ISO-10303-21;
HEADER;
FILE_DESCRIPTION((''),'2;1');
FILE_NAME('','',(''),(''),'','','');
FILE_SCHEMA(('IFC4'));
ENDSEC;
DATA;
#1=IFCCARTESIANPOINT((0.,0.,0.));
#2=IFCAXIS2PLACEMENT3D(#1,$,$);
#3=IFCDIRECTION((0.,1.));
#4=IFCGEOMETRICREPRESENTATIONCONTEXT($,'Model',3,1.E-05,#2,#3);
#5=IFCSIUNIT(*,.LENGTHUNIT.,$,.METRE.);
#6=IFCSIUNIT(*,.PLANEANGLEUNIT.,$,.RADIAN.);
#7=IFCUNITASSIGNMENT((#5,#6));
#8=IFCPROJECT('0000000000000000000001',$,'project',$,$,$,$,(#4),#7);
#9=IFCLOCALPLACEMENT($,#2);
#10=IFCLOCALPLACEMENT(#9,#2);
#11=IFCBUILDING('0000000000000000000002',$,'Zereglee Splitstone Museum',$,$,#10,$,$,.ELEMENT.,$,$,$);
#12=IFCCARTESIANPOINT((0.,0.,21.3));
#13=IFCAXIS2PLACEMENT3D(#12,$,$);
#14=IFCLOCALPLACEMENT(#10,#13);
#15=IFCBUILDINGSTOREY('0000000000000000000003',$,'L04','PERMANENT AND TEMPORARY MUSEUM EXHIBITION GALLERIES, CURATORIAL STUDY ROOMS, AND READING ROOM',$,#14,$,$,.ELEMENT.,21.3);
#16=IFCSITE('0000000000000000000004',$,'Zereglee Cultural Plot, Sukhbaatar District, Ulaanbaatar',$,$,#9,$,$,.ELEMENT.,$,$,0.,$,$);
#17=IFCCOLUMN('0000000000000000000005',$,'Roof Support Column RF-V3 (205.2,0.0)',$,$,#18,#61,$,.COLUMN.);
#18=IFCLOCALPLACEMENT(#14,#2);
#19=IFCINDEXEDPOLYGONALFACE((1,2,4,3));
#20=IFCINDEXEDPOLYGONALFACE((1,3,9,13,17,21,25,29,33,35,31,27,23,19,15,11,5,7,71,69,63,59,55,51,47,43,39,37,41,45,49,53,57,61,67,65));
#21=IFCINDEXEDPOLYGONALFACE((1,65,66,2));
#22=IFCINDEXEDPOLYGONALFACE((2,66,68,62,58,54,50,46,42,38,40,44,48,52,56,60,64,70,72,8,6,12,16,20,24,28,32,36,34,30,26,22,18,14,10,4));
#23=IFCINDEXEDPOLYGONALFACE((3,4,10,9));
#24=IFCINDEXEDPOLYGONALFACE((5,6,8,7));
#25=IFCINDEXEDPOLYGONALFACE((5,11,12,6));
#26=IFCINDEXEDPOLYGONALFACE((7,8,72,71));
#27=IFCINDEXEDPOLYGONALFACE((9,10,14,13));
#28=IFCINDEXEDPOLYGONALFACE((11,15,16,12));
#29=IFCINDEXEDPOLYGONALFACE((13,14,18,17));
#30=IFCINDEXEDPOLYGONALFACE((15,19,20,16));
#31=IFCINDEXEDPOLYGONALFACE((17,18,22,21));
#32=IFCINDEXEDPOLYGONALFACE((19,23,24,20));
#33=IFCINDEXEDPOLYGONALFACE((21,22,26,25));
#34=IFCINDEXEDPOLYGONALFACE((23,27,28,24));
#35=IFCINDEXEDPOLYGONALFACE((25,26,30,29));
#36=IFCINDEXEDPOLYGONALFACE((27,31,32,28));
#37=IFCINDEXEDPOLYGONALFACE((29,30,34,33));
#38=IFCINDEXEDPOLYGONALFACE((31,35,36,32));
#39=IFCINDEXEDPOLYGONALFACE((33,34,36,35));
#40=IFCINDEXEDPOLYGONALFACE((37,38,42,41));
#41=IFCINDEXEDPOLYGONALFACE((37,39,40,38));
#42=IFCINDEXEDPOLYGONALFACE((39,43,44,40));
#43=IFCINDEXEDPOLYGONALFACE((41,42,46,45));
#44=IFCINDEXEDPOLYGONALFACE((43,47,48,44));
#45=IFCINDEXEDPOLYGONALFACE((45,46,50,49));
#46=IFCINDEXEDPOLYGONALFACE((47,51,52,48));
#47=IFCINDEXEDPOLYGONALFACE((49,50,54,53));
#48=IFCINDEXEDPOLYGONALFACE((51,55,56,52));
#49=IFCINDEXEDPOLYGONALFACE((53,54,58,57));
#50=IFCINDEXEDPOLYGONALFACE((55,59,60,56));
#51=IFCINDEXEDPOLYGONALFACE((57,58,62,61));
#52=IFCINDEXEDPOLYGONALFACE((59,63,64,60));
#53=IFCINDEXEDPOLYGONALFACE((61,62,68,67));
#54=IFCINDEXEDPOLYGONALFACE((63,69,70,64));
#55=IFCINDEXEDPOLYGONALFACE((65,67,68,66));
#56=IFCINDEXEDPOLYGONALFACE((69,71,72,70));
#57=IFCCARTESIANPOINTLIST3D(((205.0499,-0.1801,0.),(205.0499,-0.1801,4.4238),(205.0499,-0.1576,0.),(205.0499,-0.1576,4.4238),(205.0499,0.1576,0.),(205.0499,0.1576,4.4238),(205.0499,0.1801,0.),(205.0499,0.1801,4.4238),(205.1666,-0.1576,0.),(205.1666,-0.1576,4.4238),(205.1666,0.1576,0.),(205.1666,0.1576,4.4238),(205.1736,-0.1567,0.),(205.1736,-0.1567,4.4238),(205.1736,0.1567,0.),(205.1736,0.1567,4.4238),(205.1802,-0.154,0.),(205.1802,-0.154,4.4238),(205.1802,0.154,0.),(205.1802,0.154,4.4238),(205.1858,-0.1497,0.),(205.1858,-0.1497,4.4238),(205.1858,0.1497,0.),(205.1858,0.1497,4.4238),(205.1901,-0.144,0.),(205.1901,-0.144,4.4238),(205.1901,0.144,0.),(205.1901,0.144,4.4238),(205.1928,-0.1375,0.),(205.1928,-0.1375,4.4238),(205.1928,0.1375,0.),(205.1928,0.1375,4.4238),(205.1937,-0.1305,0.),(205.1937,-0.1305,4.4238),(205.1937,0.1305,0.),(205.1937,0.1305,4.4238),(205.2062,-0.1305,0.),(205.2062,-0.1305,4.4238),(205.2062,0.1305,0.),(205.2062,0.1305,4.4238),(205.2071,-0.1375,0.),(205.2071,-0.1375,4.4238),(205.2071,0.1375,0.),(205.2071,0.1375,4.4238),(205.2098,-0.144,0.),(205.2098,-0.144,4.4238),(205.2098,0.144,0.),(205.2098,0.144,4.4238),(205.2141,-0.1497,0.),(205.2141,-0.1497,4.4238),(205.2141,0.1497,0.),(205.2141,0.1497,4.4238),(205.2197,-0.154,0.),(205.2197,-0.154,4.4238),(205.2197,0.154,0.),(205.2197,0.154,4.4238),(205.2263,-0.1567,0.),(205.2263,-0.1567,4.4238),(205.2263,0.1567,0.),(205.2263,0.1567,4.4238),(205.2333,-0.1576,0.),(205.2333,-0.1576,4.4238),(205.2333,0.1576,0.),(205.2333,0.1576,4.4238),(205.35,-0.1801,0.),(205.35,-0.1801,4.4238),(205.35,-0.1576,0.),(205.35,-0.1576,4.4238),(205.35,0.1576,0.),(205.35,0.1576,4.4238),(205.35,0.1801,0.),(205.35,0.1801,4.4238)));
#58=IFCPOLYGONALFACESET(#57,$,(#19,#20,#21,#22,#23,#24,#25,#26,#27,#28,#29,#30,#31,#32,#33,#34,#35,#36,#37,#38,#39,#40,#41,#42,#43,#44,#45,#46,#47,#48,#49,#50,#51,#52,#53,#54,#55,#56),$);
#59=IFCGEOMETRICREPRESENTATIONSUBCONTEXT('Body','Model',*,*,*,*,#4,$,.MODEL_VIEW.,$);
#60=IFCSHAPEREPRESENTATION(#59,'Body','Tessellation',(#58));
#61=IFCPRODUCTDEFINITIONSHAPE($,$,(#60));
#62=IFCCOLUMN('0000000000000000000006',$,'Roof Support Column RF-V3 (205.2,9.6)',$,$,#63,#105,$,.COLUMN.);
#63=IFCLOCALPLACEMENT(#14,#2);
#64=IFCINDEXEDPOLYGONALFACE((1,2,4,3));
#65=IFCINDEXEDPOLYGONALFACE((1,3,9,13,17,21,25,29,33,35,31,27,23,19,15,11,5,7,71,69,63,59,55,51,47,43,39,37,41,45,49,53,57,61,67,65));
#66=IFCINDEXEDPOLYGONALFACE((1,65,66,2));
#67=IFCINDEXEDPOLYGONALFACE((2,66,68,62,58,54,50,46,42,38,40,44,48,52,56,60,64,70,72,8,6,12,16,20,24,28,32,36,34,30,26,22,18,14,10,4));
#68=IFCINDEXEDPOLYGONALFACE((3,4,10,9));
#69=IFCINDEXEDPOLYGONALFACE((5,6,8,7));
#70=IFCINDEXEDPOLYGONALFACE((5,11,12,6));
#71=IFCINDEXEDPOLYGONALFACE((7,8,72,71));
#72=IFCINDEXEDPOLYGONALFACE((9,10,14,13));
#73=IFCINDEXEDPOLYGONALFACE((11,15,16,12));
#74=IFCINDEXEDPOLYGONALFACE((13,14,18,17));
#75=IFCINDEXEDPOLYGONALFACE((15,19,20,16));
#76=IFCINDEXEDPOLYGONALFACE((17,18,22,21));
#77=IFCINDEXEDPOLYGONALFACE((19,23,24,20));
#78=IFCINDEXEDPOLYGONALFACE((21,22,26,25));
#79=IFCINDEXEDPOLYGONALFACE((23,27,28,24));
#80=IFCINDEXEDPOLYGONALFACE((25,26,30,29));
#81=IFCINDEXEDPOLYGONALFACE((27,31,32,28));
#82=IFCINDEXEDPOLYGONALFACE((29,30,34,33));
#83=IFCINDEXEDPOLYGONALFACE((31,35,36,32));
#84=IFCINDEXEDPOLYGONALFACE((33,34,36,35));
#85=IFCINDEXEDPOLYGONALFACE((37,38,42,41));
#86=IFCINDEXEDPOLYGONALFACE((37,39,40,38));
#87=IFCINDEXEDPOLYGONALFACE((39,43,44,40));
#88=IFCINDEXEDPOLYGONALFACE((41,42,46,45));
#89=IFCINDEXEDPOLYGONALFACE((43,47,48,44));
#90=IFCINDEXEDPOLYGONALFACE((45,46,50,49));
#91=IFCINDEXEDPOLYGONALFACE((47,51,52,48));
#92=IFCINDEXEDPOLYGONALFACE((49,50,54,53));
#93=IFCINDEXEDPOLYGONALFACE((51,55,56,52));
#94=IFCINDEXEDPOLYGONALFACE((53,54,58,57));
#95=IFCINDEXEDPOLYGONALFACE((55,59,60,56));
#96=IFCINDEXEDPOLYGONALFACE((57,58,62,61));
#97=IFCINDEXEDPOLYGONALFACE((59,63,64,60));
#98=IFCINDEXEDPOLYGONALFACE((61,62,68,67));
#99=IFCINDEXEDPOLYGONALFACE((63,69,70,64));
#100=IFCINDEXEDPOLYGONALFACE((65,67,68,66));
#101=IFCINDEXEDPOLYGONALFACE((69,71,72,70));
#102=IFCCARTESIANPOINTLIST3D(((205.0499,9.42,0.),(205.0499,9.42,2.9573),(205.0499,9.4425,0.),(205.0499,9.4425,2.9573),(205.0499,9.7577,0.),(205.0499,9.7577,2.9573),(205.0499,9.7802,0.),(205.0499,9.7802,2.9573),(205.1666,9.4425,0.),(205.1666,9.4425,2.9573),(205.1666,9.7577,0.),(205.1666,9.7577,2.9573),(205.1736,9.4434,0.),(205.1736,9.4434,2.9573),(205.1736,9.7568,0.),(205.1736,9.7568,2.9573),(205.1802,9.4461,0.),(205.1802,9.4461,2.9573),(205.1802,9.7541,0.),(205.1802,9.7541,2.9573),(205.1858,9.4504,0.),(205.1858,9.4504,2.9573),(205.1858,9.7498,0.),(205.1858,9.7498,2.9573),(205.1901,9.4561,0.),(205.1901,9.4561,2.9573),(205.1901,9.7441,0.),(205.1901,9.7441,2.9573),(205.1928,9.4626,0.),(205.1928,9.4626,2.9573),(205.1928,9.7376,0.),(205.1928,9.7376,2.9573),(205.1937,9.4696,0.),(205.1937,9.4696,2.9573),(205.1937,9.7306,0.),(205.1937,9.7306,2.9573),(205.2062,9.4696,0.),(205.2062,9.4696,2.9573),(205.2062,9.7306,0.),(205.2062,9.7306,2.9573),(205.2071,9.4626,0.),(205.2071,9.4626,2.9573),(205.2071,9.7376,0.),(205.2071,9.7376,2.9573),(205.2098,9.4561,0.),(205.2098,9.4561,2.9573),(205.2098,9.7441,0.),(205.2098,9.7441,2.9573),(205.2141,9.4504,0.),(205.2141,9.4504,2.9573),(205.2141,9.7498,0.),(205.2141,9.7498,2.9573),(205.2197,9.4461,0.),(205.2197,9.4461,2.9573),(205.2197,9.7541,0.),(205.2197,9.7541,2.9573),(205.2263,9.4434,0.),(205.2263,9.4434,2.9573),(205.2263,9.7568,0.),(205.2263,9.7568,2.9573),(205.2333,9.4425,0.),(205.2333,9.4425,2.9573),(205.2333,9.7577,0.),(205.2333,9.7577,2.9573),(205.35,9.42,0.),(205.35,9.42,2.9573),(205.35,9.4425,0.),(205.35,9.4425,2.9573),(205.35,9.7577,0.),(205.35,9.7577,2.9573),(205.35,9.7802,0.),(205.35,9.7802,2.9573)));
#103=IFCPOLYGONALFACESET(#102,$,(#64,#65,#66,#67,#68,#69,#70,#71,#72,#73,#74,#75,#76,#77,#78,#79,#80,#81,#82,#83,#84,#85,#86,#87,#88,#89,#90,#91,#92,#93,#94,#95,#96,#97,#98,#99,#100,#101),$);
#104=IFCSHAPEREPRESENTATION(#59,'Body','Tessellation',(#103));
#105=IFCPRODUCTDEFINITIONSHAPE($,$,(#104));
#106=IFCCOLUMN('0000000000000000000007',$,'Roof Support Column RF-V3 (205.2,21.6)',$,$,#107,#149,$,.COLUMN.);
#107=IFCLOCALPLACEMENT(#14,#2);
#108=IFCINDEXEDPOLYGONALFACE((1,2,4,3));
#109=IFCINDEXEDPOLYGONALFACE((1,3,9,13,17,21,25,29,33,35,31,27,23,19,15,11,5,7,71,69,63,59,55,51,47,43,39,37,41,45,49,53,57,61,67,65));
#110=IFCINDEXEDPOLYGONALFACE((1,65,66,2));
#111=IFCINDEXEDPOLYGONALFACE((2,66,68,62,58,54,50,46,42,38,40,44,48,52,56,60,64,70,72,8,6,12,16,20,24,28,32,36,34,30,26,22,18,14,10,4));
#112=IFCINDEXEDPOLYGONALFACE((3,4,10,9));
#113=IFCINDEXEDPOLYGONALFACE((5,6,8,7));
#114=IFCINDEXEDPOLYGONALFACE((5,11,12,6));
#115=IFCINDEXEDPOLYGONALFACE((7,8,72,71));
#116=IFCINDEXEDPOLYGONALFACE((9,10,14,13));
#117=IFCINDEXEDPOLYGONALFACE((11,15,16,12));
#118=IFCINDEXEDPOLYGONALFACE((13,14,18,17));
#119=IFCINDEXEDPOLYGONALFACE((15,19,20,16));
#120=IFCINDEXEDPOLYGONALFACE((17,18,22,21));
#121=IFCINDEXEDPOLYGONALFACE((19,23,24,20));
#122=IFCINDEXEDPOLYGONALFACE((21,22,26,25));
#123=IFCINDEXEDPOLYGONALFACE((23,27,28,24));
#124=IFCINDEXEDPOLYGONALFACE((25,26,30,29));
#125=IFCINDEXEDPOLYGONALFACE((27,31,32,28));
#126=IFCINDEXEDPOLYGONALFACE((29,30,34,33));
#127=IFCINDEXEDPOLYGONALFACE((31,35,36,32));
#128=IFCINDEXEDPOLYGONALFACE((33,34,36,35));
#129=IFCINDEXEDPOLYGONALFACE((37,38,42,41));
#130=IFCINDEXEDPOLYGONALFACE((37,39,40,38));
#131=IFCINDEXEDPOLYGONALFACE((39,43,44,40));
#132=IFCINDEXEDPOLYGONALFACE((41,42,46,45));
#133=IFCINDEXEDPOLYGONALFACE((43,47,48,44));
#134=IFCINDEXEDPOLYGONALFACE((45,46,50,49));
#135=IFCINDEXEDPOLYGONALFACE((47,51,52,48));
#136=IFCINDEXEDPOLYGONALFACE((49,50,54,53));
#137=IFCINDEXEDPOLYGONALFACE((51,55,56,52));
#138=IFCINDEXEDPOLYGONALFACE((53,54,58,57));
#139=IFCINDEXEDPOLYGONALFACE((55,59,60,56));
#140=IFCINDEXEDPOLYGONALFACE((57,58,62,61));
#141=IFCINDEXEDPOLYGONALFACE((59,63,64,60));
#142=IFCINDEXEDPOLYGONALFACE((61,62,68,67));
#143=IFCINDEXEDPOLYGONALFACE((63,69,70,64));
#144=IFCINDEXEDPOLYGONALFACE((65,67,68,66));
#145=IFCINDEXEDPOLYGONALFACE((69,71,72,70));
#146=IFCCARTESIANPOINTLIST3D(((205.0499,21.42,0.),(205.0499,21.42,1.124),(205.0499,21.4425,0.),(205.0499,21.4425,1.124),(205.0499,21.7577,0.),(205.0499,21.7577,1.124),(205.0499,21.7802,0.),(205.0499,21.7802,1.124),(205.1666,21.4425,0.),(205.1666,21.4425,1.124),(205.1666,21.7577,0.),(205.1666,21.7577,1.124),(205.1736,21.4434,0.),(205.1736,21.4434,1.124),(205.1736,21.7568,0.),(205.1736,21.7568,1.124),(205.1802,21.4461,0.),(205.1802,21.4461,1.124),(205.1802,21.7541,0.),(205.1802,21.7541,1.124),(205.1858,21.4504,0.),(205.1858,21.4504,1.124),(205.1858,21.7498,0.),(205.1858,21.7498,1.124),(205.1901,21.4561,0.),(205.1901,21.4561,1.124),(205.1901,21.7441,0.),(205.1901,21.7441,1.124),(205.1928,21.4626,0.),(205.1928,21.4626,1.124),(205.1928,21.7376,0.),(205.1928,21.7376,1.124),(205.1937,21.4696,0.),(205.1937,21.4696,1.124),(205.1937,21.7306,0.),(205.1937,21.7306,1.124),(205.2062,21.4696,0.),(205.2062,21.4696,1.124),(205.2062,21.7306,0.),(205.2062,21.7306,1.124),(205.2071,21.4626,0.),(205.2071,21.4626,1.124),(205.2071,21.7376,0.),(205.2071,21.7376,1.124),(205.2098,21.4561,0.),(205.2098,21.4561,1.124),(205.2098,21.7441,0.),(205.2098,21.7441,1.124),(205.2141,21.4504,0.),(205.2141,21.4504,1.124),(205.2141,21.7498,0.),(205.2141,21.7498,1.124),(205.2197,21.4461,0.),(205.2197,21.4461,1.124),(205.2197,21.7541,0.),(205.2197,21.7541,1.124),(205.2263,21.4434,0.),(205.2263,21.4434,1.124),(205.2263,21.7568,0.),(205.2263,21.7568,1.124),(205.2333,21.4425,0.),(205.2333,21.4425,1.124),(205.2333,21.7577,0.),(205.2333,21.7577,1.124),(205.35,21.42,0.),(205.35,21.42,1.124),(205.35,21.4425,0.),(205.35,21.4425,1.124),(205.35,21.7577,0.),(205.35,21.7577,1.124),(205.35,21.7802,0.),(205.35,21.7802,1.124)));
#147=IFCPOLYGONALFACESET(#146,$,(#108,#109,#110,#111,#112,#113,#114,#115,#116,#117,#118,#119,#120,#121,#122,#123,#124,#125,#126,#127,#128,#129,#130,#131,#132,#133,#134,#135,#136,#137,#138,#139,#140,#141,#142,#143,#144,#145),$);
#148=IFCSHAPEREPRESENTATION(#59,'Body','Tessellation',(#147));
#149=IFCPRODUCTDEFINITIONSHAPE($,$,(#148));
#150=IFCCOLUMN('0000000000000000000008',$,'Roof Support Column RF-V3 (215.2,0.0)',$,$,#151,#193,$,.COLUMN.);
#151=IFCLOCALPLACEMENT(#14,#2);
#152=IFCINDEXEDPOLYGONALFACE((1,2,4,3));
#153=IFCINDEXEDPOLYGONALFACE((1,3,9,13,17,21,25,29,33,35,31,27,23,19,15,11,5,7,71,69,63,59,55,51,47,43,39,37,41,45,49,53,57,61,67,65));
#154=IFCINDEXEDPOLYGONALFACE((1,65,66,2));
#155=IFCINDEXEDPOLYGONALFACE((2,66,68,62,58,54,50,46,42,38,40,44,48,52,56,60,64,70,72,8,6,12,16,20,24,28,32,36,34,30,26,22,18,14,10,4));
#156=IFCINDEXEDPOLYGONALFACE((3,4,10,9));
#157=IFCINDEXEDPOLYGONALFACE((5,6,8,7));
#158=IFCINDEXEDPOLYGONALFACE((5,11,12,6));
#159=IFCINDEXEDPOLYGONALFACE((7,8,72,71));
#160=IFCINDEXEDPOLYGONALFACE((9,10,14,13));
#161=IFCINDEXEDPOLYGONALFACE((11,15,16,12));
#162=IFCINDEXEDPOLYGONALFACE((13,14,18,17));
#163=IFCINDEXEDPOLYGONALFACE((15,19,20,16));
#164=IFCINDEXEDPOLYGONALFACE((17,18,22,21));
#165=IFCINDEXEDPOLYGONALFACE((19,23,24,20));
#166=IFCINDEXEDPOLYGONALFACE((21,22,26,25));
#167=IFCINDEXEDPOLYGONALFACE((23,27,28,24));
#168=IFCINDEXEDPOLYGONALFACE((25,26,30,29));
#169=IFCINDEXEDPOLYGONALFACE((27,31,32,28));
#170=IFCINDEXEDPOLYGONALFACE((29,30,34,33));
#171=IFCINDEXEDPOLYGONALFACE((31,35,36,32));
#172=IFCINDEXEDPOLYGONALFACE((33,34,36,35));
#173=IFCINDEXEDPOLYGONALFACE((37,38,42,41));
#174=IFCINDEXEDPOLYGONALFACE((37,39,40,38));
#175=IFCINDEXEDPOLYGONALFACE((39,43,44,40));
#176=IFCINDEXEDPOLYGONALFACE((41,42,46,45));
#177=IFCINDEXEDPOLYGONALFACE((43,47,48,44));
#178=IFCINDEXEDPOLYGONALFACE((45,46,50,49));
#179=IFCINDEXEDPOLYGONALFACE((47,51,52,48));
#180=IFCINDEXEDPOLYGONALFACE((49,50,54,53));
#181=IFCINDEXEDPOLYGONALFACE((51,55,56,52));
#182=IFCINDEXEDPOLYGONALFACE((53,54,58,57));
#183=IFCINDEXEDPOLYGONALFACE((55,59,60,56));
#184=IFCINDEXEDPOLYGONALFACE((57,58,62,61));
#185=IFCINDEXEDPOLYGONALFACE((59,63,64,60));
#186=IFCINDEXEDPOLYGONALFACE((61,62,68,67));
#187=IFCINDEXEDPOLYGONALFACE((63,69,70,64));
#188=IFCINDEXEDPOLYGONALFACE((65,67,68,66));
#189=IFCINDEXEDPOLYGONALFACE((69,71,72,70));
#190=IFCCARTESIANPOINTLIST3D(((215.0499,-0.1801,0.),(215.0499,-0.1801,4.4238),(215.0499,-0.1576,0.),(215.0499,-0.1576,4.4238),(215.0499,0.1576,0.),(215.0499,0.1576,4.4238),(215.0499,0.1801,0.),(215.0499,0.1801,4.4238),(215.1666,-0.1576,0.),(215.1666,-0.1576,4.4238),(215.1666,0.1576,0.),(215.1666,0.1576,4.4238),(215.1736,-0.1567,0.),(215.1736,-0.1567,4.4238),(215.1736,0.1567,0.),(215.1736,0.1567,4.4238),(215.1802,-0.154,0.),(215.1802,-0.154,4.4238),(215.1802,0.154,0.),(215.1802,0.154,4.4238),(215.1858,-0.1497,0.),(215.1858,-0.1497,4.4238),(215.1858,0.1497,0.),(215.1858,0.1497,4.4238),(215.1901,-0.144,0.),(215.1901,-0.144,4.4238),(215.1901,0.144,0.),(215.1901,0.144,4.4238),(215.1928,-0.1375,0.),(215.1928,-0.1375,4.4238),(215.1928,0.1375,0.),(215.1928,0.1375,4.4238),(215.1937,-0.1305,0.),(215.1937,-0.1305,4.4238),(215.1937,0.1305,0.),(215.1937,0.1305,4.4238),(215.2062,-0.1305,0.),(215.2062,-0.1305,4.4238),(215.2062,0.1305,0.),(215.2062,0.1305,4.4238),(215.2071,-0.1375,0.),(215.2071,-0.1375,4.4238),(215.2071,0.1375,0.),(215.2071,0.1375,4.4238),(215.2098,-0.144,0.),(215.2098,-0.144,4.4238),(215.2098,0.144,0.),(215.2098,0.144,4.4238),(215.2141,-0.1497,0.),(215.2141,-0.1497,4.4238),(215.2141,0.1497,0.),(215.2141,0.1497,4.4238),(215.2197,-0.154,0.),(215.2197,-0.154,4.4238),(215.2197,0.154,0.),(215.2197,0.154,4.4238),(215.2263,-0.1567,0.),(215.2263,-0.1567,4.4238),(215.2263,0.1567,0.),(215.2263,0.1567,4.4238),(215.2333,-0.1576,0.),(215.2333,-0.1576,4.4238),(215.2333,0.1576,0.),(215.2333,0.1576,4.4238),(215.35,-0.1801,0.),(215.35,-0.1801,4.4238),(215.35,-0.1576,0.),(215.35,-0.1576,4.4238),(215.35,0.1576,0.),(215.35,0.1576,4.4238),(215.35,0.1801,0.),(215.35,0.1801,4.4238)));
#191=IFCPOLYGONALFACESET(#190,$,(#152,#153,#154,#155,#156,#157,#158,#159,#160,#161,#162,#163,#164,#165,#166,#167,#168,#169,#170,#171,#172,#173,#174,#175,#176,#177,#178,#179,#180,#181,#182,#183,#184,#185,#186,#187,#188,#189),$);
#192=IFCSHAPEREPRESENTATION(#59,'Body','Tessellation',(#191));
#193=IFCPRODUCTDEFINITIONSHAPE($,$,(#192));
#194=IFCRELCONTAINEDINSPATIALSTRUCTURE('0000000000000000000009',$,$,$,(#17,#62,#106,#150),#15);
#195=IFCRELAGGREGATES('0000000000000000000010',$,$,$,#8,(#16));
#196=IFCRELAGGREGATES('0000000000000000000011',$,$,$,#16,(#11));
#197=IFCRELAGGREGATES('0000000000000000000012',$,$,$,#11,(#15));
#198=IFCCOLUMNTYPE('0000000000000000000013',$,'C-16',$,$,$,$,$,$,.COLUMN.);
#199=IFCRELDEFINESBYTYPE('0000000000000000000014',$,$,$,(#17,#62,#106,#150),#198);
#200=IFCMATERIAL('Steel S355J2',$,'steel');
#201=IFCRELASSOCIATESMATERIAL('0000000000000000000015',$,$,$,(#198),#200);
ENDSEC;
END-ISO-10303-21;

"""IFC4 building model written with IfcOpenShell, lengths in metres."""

from ifc_helpers import new_model, si_unit, direction, frame, origin, origin_2d, place, context, subcontext, project, spatial, i_section, extrude, material, material_profile, profile_set, type_object, element, save


model = new_model("IFC4")

# Units and contexts
model_context = context("Model", 3, precision=1e-05, world=origin(), true_north=direction((0.0, 1.0)))
body_context = subcontext(model_context, "Body", "Model", "MODEL_VIEW")
ifc_project = project(units=[si_unit("LENGTHUNIT", "METRE"), si_unit("PLANEANGLEUNIT", "RADIAN")], contexts=[model_context])

# Site, building, storey
site_placement = place(None, origin())
site = spatial("IfcSite", under=ifc_project, at=site_placement, Name="Zereglee Cultural Plot, Sukhbaatar District, Ulaanbaatar", CompositionType="ELEMENT", RefElevation=0.0)
building_placement = place(site_placement, origin())
building = spatial("IfcBuilding", under=site, at=building_placement, Name="Zereglee Splitstone Museum", CompositionType="ELEMENT")
storey_placement = place(building_placement, frame((0.0, 0.0, 21.3)))
storey = spatial("IfcBuildingStorey", under=building, at=storey_placement, Name="L04", Description="PERMANENT AND TEMPORARY MUSEUM EXHIBITION GALLERIES, CURATORIAL STUDY ROOMS, AND READING ROOM", CompositionType="ELEMENT", Elevation=21.3)

# Columns
ifc_material_1 = material(Name="Steel S355J2", Category="steel")
ifc_material_profile_1 = material_profile(ifc_material_1, i_section(OverallWidth=0.3, OverallDepth=0.3601, WebThickness=0.0125, FlangeThickness=0.0225, FilletRadius=0.0271, at=origin_2d()), Name="HE 360 B")
ifc_profile_set_1 = profile_set([ifc_material_profile_1], Name="Steel S355J2")
column_type = type_object("IfcColumnType", Name="C-16", PredefinedType="COLUMN", material=ifc_profile_set_1)
column_1_placement = place(storey_placement, frame((205.2, 0.0, 0.0), z_axis=(0.0, 0.0, 1.0), x_axis=(1.0, 0.0, 0.0)))
element("IfcColumn", 1, at=column_1_placement, inside=storey, type_object=column_type, Name="Roof Support Column RF-V3 (205.2,0.0)", PredefinedType="COLUMN", context=body_context, shape_type="SweptSolid", body=[
    extrude(i_section(OverallWidth=0.3, OverallDepth=0.3601, WebThickness=0.0125, FlangeThickness=0.0225, FilletRadius=0.0271, at=origin_2d()), origin(), (0.0, 0.0, 1.0), 4.4238),
])
column_2_placement = place(storey_placement, frame((205.2, 9.6001, 0.0), z_axis=(0.0, 0.0, 1.0), x_axis=(1.0, 0.0, 0.0)))
element("IfcColumn", 2, at=column_2_placement, inside=storey, type_object=column_type, Name="Roof Support Column RF-V3 (205.2,9.6)", PredefinedType="COLUMN", context=body_context, shape_type="SweptSolid", body=[
    extrude(i_section(OverallWidth=0.3, OverallDepth=0.3601, WebThickness=0.0125, FlangeThickness=0.0225, FilletRadius=0.0271, at=origin_2d()), origin(), (0.0, 0.0, 1.0), 2.9573),
])
column_3_placement = place(storey_placement, frame((205.2, 21.6001, 0.0), z_axis=(0.0, 0.0, 1.0), x_axis=(1.0, 0.0, 0.0)))
element("IfcColumn", 3, at=column_3_placement, inside=storey, type_object=column_type, Name="Roof Support Column RF-V3 (205.2,21.6)", PredefinedType="COLUMN", context=body_context, shape_type="SweptSolid", body=[
    extrude(i_section(OverallWidth=0.3, OverallDepth=0.3601, WebThickness=0.0125, FlangeThickness=0.0225, FilletRadius=0.0271, at=origin_2d()), origin(), (0.0, 0.0, 1.0), 1.124),
])
column_4_placement = place(storey_placement, frame((215.2, 0.0, 0.0), z_axis=(0.0, 0.0, 1.0), x_axis=(1.0, 0.0, 0.0)))
element("IfcColumn", 4, at=column_4_placement, inside=storey, type_object=column_type, Name="Roof Support Column RF-V3 (215.2,0.0)", PredefinedType="COLUMN", context=body_context, shape_type="SweptSolid", body=[
    extrude(i_section(OverallWidth=0.3, OverallDepth=0.3601, WebThickness=0.0125, FlangeThickness=0.0225, FilletRadius=0.0271, at=origin_2d()), origin(), (0.0, 0.0, 1.0), 4.4238),
])

save(model, "model.ifc")
